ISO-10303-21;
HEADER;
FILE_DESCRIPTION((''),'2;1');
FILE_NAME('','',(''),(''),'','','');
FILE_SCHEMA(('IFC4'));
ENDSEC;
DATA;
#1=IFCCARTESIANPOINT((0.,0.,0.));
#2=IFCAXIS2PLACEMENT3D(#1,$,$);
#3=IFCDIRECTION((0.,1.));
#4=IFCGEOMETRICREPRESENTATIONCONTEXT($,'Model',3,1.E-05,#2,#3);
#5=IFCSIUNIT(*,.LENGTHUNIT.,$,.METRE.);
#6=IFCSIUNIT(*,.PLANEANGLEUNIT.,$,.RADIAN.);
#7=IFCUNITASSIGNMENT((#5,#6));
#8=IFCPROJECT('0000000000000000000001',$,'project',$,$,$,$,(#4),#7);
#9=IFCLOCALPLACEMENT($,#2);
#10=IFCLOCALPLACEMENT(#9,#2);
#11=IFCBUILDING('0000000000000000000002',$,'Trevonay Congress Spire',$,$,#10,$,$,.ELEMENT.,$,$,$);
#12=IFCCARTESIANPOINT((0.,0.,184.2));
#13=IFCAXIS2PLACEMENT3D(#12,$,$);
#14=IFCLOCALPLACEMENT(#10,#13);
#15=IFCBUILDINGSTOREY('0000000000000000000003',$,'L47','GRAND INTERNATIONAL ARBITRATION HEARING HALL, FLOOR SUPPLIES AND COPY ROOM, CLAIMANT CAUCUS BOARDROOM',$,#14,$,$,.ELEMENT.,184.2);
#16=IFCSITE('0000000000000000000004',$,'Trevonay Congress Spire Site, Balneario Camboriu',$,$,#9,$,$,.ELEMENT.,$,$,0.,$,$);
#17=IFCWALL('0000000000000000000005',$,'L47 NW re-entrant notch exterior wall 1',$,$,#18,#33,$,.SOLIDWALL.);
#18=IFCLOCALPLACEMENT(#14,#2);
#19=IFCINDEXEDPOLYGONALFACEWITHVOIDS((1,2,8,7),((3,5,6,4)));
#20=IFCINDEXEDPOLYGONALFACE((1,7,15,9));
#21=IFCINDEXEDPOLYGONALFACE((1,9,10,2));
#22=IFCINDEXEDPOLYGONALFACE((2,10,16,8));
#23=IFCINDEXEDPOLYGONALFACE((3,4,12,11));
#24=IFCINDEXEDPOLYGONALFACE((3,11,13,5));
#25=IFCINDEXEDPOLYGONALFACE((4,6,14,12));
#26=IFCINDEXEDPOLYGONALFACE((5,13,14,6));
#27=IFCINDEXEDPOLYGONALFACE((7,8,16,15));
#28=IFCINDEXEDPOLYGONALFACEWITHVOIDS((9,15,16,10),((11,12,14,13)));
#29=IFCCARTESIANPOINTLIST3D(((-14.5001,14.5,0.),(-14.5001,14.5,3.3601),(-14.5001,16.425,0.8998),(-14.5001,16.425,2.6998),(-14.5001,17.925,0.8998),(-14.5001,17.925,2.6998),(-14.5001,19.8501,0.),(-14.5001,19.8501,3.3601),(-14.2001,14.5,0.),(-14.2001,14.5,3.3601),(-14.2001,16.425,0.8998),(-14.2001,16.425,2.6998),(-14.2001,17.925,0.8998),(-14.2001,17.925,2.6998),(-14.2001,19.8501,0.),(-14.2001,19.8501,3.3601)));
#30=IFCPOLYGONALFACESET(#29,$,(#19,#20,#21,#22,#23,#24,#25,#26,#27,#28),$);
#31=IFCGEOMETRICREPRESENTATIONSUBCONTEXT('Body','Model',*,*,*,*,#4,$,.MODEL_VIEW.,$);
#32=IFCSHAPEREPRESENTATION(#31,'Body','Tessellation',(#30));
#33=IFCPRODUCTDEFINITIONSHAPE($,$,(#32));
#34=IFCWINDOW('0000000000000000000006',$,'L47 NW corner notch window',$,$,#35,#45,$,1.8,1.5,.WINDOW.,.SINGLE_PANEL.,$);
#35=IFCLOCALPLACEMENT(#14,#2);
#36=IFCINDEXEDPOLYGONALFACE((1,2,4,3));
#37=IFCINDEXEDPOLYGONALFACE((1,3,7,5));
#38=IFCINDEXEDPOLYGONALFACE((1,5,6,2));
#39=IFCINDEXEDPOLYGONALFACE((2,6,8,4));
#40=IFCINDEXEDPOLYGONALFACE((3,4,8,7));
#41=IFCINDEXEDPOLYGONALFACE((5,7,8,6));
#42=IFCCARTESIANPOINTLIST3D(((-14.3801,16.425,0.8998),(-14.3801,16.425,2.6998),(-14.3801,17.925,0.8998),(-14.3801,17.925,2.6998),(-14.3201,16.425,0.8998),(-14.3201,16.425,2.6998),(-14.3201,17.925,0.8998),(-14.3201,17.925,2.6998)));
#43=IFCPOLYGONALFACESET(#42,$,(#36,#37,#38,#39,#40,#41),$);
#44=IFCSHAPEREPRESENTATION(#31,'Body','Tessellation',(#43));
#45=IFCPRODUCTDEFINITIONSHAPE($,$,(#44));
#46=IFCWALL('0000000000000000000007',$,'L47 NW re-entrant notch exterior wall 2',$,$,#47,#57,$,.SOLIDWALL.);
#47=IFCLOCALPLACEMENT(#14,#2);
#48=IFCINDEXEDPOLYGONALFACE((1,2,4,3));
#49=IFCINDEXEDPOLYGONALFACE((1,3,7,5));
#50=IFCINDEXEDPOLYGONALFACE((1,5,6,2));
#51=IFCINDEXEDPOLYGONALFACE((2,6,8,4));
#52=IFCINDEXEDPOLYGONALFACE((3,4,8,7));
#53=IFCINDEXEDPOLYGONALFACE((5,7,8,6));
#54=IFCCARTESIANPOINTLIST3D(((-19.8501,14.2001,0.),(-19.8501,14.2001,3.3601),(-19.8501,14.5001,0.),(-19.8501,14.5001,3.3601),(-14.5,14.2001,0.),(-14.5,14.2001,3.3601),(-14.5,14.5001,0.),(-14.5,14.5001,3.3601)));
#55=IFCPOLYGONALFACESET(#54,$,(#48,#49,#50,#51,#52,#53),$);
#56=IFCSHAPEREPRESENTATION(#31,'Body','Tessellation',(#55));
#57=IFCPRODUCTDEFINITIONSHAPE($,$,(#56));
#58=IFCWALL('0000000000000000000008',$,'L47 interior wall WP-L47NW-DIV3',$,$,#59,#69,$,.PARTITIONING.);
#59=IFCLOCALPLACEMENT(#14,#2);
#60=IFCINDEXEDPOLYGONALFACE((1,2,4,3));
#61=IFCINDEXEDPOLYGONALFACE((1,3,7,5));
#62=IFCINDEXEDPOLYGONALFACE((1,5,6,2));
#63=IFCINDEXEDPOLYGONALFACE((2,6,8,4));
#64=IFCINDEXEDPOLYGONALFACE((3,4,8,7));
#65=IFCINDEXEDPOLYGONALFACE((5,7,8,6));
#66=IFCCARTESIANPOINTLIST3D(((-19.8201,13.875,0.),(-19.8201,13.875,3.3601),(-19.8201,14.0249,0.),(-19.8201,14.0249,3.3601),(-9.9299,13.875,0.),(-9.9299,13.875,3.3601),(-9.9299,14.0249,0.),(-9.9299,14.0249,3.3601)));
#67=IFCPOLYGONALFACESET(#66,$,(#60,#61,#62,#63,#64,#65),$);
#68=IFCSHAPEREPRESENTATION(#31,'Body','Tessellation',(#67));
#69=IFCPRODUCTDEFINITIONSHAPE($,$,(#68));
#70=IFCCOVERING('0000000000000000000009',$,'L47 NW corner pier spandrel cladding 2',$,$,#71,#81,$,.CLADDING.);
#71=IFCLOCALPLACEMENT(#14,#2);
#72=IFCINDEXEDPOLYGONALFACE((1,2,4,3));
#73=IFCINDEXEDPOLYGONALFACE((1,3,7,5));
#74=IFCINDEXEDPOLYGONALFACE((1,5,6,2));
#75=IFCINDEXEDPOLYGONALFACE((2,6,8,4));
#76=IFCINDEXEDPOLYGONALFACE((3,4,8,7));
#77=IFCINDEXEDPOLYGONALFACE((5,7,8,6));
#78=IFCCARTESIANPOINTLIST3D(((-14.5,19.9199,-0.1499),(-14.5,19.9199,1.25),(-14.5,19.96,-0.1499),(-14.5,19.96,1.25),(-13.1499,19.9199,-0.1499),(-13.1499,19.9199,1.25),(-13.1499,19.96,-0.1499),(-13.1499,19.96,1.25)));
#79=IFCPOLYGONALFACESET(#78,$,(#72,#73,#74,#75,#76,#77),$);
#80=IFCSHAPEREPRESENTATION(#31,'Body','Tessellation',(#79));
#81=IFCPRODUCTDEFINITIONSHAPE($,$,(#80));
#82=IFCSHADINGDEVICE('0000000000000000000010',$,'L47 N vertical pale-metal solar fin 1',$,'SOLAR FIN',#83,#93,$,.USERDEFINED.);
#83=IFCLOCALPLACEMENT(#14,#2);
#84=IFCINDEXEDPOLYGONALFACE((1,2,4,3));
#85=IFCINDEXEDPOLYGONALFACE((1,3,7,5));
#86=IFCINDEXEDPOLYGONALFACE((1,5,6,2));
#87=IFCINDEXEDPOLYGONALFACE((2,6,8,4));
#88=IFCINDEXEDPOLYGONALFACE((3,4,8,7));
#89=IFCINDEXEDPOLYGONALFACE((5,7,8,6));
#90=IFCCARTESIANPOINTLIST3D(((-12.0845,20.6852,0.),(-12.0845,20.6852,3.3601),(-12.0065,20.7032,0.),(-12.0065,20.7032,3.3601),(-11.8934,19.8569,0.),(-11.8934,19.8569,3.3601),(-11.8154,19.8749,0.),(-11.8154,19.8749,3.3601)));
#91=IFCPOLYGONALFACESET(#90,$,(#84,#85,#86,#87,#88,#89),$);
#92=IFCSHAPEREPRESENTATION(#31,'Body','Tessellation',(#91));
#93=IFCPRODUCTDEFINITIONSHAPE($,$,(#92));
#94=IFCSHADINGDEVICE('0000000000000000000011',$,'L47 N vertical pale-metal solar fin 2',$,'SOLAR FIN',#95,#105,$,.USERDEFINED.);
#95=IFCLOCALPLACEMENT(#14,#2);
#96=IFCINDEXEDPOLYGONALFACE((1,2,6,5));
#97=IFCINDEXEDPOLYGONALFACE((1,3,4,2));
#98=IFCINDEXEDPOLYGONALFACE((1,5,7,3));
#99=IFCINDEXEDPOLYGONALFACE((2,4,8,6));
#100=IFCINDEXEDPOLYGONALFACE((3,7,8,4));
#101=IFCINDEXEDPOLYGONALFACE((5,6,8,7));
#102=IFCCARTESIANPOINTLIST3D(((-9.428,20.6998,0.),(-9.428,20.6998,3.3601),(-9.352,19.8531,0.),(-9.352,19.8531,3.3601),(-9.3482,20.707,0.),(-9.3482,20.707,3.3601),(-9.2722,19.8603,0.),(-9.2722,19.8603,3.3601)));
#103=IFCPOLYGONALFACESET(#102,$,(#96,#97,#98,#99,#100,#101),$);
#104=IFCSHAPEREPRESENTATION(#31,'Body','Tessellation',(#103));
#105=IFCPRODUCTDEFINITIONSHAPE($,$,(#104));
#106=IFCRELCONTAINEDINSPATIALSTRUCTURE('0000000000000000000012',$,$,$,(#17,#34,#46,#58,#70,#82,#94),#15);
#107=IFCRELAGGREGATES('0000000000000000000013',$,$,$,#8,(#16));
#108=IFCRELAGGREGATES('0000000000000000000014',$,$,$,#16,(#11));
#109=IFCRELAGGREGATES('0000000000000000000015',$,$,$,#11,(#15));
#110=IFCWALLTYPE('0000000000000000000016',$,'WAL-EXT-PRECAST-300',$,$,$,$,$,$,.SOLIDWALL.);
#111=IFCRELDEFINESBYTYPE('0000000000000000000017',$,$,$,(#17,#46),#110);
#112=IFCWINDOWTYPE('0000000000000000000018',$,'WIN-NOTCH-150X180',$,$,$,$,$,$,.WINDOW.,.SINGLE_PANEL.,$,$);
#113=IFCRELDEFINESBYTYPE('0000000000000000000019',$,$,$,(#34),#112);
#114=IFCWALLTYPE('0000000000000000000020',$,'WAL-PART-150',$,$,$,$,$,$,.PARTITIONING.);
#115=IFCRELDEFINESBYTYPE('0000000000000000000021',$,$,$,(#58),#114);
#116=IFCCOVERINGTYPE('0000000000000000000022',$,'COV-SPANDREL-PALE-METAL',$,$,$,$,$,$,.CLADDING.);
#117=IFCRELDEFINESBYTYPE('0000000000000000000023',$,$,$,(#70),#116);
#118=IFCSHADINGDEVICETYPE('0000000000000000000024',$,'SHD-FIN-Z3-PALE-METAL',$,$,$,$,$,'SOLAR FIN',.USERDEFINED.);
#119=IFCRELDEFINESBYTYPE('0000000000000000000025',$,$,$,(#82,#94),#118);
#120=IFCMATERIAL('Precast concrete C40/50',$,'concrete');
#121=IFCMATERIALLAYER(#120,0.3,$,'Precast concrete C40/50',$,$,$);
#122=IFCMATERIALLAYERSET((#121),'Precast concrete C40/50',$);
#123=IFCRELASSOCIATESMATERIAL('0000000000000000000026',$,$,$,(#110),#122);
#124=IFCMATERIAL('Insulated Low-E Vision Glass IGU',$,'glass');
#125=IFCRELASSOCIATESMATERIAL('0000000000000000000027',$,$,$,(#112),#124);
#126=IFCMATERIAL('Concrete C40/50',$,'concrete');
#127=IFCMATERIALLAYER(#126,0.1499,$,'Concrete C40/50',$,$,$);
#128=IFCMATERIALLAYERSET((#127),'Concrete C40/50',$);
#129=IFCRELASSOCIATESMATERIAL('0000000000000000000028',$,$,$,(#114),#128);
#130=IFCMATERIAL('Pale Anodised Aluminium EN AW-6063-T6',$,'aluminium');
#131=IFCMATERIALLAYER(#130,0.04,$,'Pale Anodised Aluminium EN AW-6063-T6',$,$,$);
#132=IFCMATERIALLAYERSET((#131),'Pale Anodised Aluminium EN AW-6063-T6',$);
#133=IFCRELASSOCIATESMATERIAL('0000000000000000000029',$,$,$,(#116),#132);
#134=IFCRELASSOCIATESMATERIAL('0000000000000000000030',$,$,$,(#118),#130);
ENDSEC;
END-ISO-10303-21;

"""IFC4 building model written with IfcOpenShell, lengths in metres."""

from ifc_helpers import new_model, si_unit, direction, frame, frame_2d, origin, origin_2d, place, context, subcontext, project, spatial, rectangle, extrude, material, layer, layer_set, type_object, element, fill, save


model = new_model("IFC4")

# Units and contexts
model_context = context("Model", 3, precision=1e-05, world=origin(), true_north=direction((0.0, 1.0)))
body_context = subcontext(model_context, "Body", "Model", "MODEL_VIEW")
ifc_project = project(units=[si_unit("LENGTHUNIT", "METRE"), si_unit("PLANEANGLEUNIT", "RADIAN")], contexts=[model_context])

# Site, building, storey
site_placement = place(None, origin())
site = spatial("IfcSite", under=ifc_project, at=site_placement, Name="Trevonay Congress Spire Site, Balneario Camboriu", CompositionType="ELEMENT", RefElevation=0.0)
building_placement = place(site_placement, origin())
building = spatial("IfcBuilding", under=site, at=building_placement, Name="Trevonay Congress Spire", CompositionType="ELEMENT")
storey_placement = place(building_placement, frame((0.0, 0.0, 184.2)))
storey = spatial("IfcBuildingStorey", under=building, at=storey_placement, Name="L47", Description="GRAND INTERNATIONAL ARBITRATION HEARING HALL, FLOOR SUPPLIES AND COPY ROOM, CLAIMANT CAUCUS BOARDROOM", CompositionType="ELEMENT", Elevation=184.2)

# Shared definitions
ifc_material_1 = material(Name="Pale Anodised Aluminium EN AW-6063-T6", Category="aluminium")
ifc_material_2 = material(Name="Insulated Low-E Vision Glass IGU", Category="glass")

# Wall, opening, window
ifc_material_3 = material(Name="Precast concrete C40/50", Category="concrete")
ifc_layer_1 = layer(ifc_material_3, 0.3, Name="Precast concrete C40/50")
ifc_layer_set_1 = layer_set([ifc_layer_1], Name="Precast concrete C40/50")
wall_type_1 = type_object("IfcWallType", Name="WAL-EXT-PRECAST-300", PredefinedType="SOLIDWALL", material=ifc_layer_set_1)
wall_1_placement = place(storey_placement, frame((-14.3501, 19.8501, 0.0), z_axis=(0.0, 0.0, 1.0), x_axis=(0.0, -1.0, 0.0)))
wall_1 = element("IfcWall", 1, at=wall_1_placement, inside=storey, type_object=wall_type_1, Name="L47 NW re-entrant notch exterior wall 1", PredefinedType="SOLIDWALL", context=body_context, shape_type="SweptSolid", body=[
    extrude(rectangle(XDim=5.3501, YDim=0.3, at=frame_2d((2.675, 0.0))), origin(), (0.0, 0.0, 1.0), 3.3601),
])
opening_placement = place(wall_1_placement, frame((1.925, 0.0, 0.8999)))
opening = element("IfcOpeningElement", 2, at=opening_placement, cuts=wall_1, PredefinedType="OPENING", context=body_context, shape_type="SweptSolid", body=[
    extrude(rectangle(XDim=1.5, YDim=1.8, at=frame_2d((0.75, 0.8999))), frame((0.0, 0.1602, 0.0), z_axis=(0.0, -1.0, 0.0), x_axis=(1.0, 0.0, 0.0)), (0.0, 0.0, 1.0), 0.3201),
])
window_type = type_object("IfcWindowType", Name="WIN-NOTCH-150X180", PartitioningType="SINGLE_PANEL", PredefinedType="WINDOW", material=ifc_material_2)
window_placement = place(opening_placement, origin())
window = element("IfcWindow", 3, at=window_placement, inside=storey, type_object=window_type, Name="L47 NW corner notch window", OverallHeight=1.8, OverallWidth=1.5, PartitioningType="SINGLE_PANEL", PredefinedType="WINDOW", context=body_context, shape_type="SweptSolid", body=[
    extrude(rectangle(XDim=1.5, YDim=1.8, at=frame_2d((0.75, 0.8999))), frame((0.0, 0.03, 0.0), z_axis=(0.0, -1.0, 0.0), x_axis=(1.0, 0.0, 0.0)), (0.0, 0.0, 1.0), 0.0601),
])
fill(opening, window)

# Walls
wall_2_placement = place(storey_placement, frame((-19.8501, 14.3501, 0.0), z_axis=(0.0, 0.0, 1.0), x_axis=(1.0, 0.0, 0.0)))
element("IfcWall", 4, at=wall_2_placement, inside=storey, type_object=wall_type_1, Name="L47 NW re-entrant notch exterior wall 2", PredefinedType="SOLIDWALL", context=body_context, shape_type="SweptSolid", body=[
    extrude(rectangle(XDim=5.3501, YDim=0.3, at=frame_2d((2.675, 0.0))), origin(), (0.0, 0.0, 1.0), 3.3601),
])
ifc_material_4 = material(Name="Concrete C40/50", Category="concrete")
ifc_layer_2 = layer(ifc_material_4, 0.1499, Name="Concrete C40/50")
ifc_layer_set_2 = layer_set([ifc_layer_2], Name="Concrete C40/50")
wall_type_2 = type_object("IfcWallType", Name="WAL-PART-150", PredefinedType="PARTITIONING", material=ifc_layer_set_2)
wall_3_placement = place(storey_placement, frame((-19.8201, 13.95, 0.0), z_axis=(0.0, 0.0, 1.0), x_axis=(1.0, 0.0, 0.0)))
element("IfcWall", 5, at=wall_3_placement, inside=storey, type_object=wall_type_2, Name="L47 interior wall WP-L47NW-DIV3", PredefinedType="PARTITIONING", context=body_context, shape_type="SweptSolid", body=[
    extrude(rectangle(XDim=9.8901, YDim=0.1499, at=frame_2d((4.9451, 0.0))), origin(), (0.0, 0.0, 1.0), 3.3601),
])

# Covering
ifc_layer_3 = layer(ifc_material_1, 0.04, Name="Pale Anodised Aluminium EN AW-6063-T6")
ifc_layer_set_3 = layer_set([ifc_layer_3], Name="Pale Anodised Aluminium EN AW-6063-T6")
covering_type = type_object("IfcCoveringType", Name="COV-SPANDREL-PALE-METAL", PredefinedType="CLADDING", material=ifc_layer_set_3)
covering_placement = place(storey_placement, frame((-13.1499, 19.9399, -0.1499), z_axis=(0.0, 0.0, 1.0), x_axis=(-1.0, 0.0, 0.0)))
element("IfcCovering", 6, at=covering_placement, inside=storey, type_object=covering_type, Name="L47 NW corner pier spandrel cladding 2", PredefinedType="CLADDING", context=body_context, shape_type="SweptSolid", body=[
    extrude(rectangle(XDim=1.3501, YDim=0.04, at=frame_2d((0.675, 0.0))), origin(), (0.0, 0.0, 1.0), 1.3999),
])

# Shading devices
shading_device_type = type_object("IfcShadingDeviceType", Name="SHD-FIN-Z3-PALE-METAL", ElementType="SOLAR FIN", PredefinedType="USERDEFINED", material=ifc_material_1)
for number, where, z_axis, x_axis, name in (
    (7, (-11.95, 20.28, 0.0), (0.0, 0.0, 1.0), (0.974409, 0.224781, 0.0), "L47 N vertical pale-metal solar fin 1"),
    (8, (-9.3501, 20.28, 0.0), (0.0, 0.0, 1.0), (0.995994, 0.089416, 0.0), "L47 N vertical pale-metal solar fin 2"),
):
    element("IfcShadingDevice", number, at=place(storey_placement, frame(where, z_axis=z_axis, x_axis=x_axis)), inside=storey, type_object=shading_device_type, Name=name, ObjectType="SOLAR FIN", PredefinedType="USERDEFINED", context=body_context, shape_type="SweptSolid", body=[
        extrude(rectangle(XDim=0.0801, YDim=0.8501, at=origin_2d()), origin(), (0.0, 0.0, 1.0), 3.3601),
    ])

save(model, "model.ifc")
